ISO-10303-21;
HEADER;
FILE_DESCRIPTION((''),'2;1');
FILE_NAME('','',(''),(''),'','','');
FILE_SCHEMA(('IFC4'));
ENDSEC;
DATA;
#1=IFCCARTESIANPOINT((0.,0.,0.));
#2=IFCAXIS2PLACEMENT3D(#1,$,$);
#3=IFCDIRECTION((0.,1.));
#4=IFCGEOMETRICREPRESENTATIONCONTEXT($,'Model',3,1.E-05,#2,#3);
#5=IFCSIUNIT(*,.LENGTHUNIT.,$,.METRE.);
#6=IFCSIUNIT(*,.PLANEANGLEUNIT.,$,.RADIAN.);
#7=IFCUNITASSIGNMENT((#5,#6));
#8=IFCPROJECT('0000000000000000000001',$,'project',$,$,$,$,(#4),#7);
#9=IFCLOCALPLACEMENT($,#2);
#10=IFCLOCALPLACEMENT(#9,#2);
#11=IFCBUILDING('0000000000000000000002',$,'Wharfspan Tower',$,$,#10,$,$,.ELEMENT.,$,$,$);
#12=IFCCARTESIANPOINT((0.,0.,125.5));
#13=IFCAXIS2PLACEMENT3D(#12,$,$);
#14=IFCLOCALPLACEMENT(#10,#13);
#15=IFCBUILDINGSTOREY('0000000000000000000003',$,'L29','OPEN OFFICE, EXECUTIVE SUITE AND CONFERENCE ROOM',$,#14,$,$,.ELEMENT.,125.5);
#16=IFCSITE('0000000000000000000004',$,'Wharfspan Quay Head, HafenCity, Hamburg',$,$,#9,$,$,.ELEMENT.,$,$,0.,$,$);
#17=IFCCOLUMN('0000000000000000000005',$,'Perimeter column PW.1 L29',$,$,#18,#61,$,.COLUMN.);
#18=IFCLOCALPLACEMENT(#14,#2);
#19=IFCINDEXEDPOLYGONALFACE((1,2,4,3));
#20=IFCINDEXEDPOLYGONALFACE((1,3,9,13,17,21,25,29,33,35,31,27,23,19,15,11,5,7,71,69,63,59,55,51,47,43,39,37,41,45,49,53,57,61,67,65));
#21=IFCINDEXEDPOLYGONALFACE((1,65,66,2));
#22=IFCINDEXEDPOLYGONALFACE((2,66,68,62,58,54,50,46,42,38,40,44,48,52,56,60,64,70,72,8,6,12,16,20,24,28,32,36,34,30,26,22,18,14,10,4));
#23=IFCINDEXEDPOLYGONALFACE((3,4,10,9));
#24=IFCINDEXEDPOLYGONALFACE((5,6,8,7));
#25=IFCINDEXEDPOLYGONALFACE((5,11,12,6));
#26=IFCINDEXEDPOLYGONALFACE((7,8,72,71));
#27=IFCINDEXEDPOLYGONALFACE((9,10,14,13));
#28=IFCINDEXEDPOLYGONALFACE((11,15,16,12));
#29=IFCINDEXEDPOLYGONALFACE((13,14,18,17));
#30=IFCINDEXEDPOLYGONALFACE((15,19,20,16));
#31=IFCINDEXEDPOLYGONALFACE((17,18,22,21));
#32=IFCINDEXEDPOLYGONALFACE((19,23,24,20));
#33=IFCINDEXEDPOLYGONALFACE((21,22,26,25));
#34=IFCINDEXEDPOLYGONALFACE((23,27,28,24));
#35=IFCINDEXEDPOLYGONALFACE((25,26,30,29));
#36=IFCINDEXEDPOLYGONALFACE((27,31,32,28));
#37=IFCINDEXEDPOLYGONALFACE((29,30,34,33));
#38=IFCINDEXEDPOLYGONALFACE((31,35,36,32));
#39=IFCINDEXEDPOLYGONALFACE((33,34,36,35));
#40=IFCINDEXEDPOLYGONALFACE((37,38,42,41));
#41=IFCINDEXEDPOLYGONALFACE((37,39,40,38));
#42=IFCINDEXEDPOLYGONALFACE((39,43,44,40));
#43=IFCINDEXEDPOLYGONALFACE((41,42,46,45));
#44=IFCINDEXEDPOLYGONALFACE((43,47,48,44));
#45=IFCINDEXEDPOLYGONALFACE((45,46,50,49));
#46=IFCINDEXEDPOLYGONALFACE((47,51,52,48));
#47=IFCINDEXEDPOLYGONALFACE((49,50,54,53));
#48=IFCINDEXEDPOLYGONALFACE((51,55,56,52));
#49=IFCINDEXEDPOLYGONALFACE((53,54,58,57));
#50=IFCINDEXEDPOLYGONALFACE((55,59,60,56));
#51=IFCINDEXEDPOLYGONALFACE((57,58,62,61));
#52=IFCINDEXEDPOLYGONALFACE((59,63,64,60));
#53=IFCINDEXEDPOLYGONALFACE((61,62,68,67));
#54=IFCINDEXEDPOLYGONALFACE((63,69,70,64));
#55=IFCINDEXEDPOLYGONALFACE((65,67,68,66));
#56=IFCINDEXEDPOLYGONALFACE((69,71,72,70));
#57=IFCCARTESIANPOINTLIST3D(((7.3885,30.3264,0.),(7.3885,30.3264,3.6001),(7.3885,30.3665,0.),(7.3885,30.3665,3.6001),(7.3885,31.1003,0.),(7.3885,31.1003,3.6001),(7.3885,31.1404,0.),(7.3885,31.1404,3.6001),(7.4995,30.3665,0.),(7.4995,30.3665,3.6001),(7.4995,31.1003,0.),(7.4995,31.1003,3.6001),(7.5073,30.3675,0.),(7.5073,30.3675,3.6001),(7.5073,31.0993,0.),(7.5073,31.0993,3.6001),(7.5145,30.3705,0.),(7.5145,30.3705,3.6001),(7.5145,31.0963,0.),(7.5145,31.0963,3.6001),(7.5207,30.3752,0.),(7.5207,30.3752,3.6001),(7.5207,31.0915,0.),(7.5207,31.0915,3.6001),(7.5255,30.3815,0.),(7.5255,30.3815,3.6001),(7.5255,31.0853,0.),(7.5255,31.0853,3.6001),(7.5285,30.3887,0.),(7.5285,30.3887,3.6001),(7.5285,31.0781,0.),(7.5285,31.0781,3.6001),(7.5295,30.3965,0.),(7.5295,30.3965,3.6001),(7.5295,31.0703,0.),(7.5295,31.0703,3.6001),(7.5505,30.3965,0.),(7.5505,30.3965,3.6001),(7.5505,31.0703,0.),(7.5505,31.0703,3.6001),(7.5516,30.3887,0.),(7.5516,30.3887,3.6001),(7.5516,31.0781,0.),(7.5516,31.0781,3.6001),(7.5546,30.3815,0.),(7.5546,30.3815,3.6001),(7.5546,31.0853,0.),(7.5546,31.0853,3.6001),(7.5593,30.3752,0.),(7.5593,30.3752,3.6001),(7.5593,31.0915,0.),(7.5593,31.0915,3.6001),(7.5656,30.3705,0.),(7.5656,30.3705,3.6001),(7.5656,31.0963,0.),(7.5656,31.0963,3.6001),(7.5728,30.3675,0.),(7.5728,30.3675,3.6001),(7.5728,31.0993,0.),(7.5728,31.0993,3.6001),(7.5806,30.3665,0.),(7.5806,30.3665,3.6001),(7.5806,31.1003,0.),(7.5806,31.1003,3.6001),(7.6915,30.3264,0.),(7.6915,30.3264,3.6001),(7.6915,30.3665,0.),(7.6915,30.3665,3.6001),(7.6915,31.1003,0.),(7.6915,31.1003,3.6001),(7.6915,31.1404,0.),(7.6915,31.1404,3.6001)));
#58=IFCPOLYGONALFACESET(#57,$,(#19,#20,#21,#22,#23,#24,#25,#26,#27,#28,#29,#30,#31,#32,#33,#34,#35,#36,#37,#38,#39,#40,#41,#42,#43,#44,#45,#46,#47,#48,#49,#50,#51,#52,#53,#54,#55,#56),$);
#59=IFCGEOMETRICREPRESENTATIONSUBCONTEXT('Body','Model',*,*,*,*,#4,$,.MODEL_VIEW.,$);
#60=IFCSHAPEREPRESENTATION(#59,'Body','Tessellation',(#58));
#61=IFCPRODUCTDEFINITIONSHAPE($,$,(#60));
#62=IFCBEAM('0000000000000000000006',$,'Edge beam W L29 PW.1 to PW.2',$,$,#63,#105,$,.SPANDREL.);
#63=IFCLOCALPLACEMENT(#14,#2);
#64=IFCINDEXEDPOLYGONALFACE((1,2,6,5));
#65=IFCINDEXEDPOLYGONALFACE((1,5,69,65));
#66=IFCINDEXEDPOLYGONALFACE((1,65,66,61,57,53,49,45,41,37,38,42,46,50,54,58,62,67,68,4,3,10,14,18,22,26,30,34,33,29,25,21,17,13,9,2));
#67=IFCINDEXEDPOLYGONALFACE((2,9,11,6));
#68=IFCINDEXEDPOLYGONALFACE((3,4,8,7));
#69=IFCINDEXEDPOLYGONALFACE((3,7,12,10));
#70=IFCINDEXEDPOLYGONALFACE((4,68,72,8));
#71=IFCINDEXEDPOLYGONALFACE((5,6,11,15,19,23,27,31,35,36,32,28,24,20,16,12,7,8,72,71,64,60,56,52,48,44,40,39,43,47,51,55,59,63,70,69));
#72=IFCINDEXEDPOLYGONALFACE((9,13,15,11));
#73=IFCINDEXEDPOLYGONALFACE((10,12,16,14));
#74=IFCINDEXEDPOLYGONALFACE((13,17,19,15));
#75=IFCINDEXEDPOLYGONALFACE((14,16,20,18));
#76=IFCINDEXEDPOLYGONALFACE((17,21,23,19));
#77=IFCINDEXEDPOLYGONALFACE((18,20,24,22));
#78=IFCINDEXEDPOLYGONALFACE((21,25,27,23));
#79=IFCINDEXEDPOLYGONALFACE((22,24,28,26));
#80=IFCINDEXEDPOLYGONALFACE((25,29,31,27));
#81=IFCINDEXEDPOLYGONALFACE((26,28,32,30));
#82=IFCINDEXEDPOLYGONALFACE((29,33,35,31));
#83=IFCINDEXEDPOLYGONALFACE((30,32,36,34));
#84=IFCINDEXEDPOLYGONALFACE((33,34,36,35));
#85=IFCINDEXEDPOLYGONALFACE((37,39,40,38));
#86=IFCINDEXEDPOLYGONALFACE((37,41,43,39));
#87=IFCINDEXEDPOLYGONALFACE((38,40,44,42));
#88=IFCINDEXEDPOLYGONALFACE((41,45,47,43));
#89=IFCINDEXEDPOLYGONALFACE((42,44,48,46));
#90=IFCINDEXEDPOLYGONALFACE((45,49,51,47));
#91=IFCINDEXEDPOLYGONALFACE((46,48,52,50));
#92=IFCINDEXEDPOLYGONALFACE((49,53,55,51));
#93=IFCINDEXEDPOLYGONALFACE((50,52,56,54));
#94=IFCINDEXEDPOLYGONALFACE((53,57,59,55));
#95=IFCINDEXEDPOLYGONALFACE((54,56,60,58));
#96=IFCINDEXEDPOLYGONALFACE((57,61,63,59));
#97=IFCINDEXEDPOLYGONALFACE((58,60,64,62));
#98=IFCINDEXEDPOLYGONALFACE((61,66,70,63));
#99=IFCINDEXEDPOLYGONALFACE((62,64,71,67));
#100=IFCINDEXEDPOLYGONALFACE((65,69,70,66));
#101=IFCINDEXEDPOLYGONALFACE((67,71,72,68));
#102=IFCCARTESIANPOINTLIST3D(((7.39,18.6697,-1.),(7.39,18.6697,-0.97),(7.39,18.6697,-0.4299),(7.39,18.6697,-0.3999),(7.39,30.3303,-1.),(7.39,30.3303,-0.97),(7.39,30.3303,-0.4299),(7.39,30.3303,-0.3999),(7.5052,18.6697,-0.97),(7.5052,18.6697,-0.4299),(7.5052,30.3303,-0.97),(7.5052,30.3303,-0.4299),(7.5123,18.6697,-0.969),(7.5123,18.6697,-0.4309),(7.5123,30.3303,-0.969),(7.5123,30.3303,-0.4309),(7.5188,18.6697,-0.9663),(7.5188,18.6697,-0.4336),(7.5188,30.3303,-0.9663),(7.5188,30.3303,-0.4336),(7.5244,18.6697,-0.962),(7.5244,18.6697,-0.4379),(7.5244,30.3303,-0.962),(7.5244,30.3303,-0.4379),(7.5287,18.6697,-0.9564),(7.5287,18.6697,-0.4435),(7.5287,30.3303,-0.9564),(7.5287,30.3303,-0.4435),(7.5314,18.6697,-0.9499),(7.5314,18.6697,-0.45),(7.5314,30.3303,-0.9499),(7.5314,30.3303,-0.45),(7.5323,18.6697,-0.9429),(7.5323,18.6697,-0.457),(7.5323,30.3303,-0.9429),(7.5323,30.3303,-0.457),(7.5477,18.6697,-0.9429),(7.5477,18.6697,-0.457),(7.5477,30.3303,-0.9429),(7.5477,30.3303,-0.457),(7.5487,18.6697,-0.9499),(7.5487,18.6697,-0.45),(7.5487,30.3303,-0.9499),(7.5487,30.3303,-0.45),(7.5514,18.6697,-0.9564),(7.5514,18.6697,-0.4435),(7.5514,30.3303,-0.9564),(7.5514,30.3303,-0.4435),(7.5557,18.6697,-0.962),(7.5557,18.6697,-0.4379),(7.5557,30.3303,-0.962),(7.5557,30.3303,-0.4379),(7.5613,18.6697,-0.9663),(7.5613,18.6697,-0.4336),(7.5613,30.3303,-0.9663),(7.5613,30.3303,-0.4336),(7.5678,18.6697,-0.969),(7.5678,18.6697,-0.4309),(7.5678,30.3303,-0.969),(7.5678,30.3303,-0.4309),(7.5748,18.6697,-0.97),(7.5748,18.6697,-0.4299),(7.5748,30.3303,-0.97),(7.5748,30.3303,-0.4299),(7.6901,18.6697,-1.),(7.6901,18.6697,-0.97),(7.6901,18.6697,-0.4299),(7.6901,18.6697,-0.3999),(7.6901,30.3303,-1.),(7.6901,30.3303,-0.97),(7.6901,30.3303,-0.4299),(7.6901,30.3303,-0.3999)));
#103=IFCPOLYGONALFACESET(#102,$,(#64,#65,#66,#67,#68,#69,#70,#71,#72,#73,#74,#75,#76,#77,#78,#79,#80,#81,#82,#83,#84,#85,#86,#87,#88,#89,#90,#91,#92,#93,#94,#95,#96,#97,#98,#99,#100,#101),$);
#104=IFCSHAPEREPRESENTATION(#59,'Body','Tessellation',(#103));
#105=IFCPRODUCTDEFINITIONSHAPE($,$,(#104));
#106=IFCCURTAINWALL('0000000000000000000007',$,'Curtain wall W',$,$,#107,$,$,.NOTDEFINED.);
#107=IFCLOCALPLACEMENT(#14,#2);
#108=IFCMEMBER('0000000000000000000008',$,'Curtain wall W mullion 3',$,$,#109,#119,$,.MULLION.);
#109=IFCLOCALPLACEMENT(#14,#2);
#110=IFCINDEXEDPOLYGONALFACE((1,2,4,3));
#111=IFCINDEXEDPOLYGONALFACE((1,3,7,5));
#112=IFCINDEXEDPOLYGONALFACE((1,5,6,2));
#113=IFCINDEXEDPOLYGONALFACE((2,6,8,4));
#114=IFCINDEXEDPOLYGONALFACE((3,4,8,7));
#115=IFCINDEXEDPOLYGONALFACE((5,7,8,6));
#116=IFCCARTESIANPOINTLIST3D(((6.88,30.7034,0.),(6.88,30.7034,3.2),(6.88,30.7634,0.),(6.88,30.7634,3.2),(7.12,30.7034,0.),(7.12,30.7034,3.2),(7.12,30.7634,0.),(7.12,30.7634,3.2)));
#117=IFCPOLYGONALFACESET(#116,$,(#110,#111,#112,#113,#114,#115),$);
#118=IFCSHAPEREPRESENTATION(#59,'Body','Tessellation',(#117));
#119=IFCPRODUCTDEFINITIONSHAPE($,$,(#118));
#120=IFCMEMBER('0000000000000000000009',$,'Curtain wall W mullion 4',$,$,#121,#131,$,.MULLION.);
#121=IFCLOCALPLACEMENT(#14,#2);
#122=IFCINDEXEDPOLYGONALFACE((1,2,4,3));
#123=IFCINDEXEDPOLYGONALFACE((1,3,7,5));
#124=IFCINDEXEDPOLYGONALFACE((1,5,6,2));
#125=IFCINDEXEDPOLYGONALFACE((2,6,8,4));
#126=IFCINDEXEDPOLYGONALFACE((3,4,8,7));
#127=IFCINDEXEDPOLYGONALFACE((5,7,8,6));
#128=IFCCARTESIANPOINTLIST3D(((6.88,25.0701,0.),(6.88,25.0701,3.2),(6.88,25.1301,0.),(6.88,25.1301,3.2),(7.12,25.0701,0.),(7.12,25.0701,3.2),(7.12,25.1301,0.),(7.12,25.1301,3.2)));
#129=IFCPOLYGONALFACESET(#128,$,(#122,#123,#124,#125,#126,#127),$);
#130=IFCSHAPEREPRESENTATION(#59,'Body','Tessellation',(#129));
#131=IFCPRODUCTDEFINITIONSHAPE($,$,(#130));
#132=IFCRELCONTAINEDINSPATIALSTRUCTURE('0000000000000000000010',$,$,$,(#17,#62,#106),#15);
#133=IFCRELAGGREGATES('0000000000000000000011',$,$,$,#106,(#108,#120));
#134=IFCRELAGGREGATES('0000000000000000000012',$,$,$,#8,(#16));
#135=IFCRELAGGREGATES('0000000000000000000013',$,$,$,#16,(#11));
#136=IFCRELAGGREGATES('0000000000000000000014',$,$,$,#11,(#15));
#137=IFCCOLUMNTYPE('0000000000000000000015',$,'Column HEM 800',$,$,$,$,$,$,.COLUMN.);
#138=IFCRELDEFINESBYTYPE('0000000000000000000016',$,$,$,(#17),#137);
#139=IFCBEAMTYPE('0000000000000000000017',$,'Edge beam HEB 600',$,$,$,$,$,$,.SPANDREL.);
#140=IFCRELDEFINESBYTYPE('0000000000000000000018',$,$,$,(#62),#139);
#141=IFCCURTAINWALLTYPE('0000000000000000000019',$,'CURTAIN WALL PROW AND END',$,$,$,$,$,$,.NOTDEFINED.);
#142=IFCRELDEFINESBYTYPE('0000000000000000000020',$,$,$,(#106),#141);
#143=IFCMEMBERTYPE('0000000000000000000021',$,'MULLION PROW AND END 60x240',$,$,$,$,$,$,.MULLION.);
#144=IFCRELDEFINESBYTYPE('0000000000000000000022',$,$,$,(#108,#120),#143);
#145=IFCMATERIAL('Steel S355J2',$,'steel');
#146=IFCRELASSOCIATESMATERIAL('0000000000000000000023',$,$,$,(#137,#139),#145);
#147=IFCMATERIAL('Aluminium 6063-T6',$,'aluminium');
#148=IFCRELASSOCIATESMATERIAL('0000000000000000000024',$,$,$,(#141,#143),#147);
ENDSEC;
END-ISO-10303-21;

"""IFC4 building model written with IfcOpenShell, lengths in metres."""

from ifc_helpers import new_model, si_unit, direction, frame, origin, origin_2d, place, context, subcontext, project, spatial, rectangle, i_section, extrude, material, material_profile, profile_set, type_object, element, aggregate, save


model = new_model("IFC4")

# Units and contexts
model_context = context("Model", 3, precision=1e-05, world=origin(), true_north=direction((0.0, 1.0)))
body_context = subcontext(model_context, "Body", "Model", "MODEL_VIEW")
ifc_project = project(units=[si_unit("LENGTHUNIT", "METRE"), si_unit("PLANEANGLEUNIT", "RADIAN")], contexts=[model_context])

# Site, building, storey
site_placement = place(None, origin())
site = spatial("IfcSite", under=ifc_project, at=site_placement, Name="Wharfspan Quay Head, HafenCity, Hamburg", CompositionType="ELEMENT", RefElevation=0.0)
building_placement = place(site_placement, origin())
building = spatial("IfcBuilding", under=site, at=building_placement, Name="Wharfspan Tower", CompositionType="ELEMENT")
storey_placement = place(building_placement, frame((0.0, 0.0, 125.5)))
storey = spatial("IfcBuildingStorey", under=building, at=storey_placement, Name="L29", Description="OPEN OFFICE, EXECUTIVE SUITE AND CONFERENCE ROOM", CompositionType="ELEMENT", Elevation=125.5)

# Column
ifc_material_1 = material(Name="Steel S355J2", Category="steel")
ifc_material_profile_1 = material_profile(ifc_material_1, i_section(OverallWidth=0.303, OverallDepth=0.814, WebThickness=0.021, FlangeThickness=0.04, FilletRadius=0.03, at=origin_2d()))
ifc_profile_set_1 = profile_set([ifc_material_profile_1], Name="Steel S355J2")
column_type = type_object("IfcColumnType", Name="Column HEM 800", PredefinedType="COLUMN", material=ifc_profile_set_1)
column_placement = place(storey_placement, frame((7.54, 30.7334, 0.0), z_axis=(0.0, 0.0, 1.0), x_axis=(-1.0, 0.0, 0.0)))
element("IfcColumn", 1, at=column_placement, inside=storey, type_object=column_type, Name="Perimeter column PW.1 L29", PredefinedType="COLUMN", context=body_context, shape_type="SweptSolid", body=[
    extrude(i_section(OverallWidth=0.303, OverallDepth=0.814, WebThickness=0.021, FlangeThickness=0.04, FilletRadius=0.03, at=origin_2d()), origin(), (0.0, 0.0, 1.0), 3.6001),
])

# Beam
ifc_material_profile_2 = material_profile(ifc_material_1, i_section(OverallWidth=0.3, OverallDepth=0.6001, WebThickness=0.0154, FlangeThickness=0.03, FilletRadius=0.0271, at=origin_2d()))
ifc_profile_set_2 = profile_set([ifc_material_profile_2], Name="Steel S355J2")
beam_type = type_object("IfcBeamType", Name="Edge beam HEB 600", PredefinedType="SPANDREL", material=ifc_profile_set_2)
beam_placement = place(storey_placement, frame((7.54, 30.3303, -0.7), z_axis=(0.0, -1.0, 0.0), x_axis=(1.0, 0.0, 0.0)))
element("IfcBeam", 2, at=beam_placement, inside=storey, type_object=beam_type, Name="Edge beam W L29 PW.1 to PW.2", PredefinedType="SPANDREL", context=body_context, shape_type="SweptSolid", body=[
    extrude(i_section(OverallWidth=0.3, OverallDepth=0.6001, WebThickness=0.0154, FlangeThickness=0.03, FilletRadius=0.0271, at=origin_2d()), origin(), (0.0, 0.0, 1.0), 11.6606),
])

# Curtain wall, members
ifc_material_2 = material(Name="Aluminium 6063-T6", Category="aluminium")
curtain_wall_type = type_object("IfcCurtainWallType", Name="CURTAIN WALL PROW AND END", PredefinedType="NOTDEFINED", material=ifc_material_2)
curtain_wall_placement = place(storey_placement, origin())
curtain_wall = element("IfcCurtainWall", 3, at=curtain_wall_placement, inside=storey, type_object=curtain_wall_type, Name="Curtain wall W", PredefinedType="NOTDEFINED")
ifc_material_profile_3 = material_profile(ifc_material_2, rectangle(XDim=0.24, YDim=0.0601, at=origin_2d()))
ifc_profile_set_3 = profile_set([ifc_material_profile_3], Name="Aluminium 6063-T6")
member_type_1 = type_object("IfcMemberType", Name="MULLION PROW AND END 60x240", PredefinedType="MULLION", material=ifc_profile_set_3)
member_1_placement = place(storey_placement, frame((7.0, 30.7334, 0.0), z_axis=(0.0, 0.0, 1.0), x_axis=(1.0, 0.0, 0.0)))
member_1 = element("IfcMember", 4, at=member_1_placement, type_object=member_type_1, Name="Curtain wall W mullion 3", PredefinedType="MULLION", context=body_context, shape_type="SweptSolid", body=[
    extrude(rectangle(XDim=0.24, YDim=0.0601, at=origin_2d()), origin(), (0.0, 0.0, 1.0), 3.2),
])
member_2_placement = place(storey_placement, frame((7.0, 25.1001, 0.0), z_axis=(0.0, 0.0, 1.0), x_axis=(1.0, 0.0, 0.0)))
member_2 = element("IfcMember", 5, at=member_2_placement, type_object=member_type_1, Name="Curtain wall W mullion 4", PredefinedType="MULLION", context=body_context, shape_type="SweptSolid", body=[
    extrude(rectangle(XDim=0.24, YDim=0.0601, at=origin_2d()), origin(), (0.0, 0.0, 1.0), 3.2),
])

aggregate(curtain_wall, [member_1, member_2])

save(model, "model.ifc")
